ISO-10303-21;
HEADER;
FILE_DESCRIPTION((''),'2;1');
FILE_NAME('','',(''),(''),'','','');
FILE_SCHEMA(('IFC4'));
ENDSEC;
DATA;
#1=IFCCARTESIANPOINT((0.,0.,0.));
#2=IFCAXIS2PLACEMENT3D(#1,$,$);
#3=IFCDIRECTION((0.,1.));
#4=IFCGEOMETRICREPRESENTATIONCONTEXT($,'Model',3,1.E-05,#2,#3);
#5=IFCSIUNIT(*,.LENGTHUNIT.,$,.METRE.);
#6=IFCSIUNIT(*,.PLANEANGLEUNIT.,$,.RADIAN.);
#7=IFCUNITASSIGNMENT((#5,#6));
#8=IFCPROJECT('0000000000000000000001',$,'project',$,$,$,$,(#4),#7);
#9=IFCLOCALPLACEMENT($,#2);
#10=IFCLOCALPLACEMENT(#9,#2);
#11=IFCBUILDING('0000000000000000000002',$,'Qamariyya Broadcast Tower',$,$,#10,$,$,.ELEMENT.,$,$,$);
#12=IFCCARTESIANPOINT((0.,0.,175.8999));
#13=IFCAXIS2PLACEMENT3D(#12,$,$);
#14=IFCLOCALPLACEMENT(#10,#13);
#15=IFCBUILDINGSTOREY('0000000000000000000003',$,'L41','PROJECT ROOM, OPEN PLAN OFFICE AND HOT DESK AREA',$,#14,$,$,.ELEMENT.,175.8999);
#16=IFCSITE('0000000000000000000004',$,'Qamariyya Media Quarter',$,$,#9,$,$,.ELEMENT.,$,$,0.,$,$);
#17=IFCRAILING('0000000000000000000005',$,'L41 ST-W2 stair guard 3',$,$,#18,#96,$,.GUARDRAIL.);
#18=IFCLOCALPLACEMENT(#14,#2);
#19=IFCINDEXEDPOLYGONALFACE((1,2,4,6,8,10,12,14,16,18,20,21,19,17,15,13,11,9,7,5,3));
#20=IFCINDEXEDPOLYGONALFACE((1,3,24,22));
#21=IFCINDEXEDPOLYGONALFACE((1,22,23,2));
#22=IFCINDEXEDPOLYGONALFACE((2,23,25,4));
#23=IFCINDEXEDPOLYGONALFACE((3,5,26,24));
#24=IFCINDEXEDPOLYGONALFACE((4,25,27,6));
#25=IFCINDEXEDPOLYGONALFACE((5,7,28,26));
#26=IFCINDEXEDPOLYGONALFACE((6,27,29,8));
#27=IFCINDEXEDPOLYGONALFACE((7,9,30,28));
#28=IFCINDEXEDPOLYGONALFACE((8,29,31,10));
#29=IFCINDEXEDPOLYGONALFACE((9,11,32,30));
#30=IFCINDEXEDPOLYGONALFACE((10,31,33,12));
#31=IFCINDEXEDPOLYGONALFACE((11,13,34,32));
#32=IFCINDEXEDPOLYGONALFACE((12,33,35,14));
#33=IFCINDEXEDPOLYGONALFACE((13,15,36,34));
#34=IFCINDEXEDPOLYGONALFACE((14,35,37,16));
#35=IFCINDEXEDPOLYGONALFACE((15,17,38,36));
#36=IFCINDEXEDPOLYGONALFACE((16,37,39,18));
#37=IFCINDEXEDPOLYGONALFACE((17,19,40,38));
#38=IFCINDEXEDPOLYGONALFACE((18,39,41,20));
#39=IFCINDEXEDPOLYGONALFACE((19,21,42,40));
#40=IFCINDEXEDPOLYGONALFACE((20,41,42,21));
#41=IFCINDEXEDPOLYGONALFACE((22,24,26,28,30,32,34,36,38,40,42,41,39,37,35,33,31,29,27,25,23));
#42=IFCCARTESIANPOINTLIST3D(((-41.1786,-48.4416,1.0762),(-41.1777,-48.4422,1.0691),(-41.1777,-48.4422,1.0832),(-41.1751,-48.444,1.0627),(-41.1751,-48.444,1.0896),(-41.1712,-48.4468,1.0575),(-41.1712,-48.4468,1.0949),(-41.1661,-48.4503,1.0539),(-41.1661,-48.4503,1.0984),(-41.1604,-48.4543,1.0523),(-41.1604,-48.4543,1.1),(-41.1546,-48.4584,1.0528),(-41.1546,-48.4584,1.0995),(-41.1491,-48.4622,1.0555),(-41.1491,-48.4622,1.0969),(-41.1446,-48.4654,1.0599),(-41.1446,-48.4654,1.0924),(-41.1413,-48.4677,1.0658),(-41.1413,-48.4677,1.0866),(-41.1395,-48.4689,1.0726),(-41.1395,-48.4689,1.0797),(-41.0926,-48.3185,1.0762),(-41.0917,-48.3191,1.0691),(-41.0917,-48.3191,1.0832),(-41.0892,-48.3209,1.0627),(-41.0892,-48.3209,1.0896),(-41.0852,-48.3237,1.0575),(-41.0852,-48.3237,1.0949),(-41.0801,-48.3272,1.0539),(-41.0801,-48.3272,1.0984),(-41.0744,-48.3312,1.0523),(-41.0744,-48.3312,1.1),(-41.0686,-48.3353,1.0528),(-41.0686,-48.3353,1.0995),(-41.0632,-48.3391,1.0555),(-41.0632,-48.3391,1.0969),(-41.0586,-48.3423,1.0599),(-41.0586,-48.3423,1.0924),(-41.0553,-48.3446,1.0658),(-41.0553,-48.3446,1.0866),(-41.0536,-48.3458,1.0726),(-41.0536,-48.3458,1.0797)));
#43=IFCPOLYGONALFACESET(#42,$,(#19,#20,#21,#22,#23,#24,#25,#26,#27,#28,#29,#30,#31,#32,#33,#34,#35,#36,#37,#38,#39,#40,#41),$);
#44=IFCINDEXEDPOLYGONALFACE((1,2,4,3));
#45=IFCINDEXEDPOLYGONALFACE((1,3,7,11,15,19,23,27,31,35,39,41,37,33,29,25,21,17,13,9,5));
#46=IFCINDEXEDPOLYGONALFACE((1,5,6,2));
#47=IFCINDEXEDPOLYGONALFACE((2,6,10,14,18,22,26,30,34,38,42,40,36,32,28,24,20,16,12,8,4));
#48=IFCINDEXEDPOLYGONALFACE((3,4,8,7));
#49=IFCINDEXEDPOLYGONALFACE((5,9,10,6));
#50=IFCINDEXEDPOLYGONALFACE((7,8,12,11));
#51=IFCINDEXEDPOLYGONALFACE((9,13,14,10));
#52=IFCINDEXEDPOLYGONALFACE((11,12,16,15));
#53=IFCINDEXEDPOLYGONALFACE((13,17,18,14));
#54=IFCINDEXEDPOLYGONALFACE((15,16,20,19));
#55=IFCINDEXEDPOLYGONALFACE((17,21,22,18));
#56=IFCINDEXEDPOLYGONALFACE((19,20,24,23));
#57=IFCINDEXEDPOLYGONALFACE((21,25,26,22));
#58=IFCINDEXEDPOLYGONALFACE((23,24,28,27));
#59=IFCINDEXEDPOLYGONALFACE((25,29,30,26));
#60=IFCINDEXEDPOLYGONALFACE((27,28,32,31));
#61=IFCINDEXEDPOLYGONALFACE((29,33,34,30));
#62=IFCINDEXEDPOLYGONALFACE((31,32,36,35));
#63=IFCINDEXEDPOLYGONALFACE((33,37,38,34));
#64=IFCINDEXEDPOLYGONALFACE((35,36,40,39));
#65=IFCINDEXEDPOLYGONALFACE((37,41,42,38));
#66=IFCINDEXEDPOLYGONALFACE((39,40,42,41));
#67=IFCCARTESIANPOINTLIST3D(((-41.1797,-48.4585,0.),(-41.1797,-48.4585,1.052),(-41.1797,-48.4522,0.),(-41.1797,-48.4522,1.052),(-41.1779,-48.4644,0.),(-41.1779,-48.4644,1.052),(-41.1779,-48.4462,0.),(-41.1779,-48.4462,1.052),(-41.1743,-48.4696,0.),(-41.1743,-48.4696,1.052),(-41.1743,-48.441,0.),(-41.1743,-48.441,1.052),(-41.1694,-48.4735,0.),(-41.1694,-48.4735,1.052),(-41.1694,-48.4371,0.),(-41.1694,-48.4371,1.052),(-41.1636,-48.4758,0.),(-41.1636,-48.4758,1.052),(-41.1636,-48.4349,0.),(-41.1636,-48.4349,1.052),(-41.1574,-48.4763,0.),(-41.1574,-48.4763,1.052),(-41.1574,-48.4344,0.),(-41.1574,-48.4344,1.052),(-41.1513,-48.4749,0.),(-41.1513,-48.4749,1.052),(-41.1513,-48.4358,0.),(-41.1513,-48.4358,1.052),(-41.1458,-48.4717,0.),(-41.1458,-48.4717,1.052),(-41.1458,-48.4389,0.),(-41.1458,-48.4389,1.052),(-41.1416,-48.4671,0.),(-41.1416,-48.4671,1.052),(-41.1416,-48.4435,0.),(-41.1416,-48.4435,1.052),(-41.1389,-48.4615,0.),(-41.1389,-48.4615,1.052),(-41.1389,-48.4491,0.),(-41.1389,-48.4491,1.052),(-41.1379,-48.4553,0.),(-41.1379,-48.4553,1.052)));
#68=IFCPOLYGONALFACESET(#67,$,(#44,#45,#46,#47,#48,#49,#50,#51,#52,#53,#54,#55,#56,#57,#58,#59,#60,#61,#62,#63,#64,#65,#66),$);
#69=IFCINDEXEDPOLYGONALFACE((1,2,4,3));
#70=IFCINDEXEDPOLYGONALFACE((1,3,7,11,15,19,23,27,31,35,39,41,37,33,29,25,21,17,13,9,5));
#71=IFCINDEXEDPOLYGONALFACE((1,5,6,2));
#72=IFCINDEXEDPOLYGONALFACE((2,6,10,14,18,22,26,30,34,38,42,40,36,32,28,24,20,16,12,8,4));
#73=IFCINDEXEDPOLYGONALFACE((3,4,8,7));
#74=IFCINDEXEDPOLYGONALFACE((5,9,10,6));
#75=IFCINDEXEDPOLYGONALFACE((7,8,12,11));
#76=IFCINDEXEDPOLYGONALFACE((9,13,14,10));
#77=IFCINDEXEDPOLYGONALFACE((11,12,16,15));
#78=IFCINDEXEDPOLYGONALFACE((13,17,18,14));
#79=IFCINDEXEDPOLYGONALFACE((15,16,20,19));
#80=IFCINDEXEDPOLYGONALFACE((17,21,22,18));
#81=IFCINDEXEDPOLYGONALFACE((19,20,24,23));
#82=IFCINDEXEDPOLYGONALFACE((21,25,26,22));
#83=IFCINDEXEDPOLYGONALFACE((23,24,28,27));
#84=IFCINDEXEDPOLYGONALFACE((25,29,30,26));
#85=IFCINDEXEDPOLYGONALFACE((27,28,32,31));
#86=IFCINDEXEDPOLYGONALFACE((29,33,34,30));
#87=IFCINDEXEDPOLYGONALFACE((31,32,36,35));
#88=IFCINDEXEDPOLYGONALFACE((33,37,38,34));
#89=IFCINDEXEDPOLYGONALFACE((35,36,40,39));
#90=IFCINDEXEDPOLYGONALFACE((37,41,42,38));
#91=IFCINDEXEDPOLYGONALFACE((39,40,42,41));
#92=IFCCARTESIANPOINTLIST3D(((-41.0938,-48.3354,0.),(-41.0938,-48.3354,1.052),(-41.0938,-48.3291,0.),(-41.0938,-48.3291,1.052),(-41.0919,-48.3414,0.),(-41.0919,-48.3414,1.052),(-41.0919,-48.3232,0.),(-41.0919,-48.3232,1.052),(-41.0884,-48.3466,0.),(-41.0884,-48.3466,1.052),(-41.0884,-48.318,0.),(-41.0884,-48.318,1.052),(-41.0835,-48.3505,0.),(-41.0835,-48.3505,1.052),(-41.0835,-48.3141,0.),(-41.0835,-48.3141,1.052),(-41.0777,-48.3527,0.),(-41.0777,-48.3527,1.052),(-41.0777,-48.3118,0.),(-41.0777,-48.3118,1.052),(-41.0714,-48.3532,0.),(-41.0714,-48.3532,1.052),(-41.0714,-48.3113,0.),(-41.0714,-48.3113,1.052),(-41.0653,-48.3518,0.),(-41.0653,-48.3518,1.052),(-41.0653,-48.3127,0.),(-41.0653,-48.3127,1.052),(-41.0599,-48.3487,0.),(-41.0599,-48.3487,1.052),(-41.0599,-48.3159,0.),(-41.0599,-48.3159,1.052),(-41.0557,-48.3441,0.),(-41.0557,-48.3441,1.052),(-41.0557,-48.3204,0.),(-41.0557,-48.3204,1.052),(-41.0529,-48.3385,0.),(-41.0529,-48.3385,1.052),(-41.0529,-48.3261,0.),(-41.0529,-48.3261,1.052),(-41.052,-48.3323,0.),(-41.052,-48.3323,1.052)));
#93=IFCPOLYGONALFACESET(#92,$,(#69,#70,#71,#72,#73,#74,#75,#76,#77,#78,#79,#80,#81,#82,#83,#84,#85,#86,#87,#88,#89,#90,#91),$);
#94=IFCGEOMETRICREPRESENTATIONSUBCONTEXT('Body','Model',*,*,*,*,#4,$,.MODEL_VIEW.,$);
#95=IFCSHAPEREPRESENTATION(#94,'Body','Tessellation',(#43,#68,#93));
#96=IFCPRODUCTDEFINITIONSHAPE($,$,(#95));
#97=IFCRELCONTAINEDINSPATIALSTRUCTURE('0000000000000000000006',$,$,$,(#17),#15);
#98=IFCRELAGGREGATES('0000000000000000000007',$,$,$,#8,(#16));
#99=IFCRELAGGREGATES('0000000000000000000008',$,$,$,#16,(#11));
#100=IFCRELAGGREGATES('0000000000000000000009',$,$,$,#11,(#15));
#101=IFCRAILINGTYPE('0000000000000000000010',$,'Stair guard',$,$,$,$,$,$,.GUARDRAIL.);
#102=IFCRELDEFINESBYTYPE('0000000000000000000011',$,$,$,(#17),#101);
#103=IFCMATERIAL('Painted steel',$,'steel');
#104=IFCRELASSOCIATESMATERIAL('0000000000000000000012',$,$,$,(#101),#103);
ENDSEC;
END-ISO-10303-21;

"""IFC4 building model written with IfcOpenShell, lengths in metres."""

from ifc_helpers import new_model, si_unit, direction, frame, origin, origin_2d, place, context, subcontext, project, spatial, circle, extrude, material, type_object, element, save


model = new_model("IFC4")

# Units and contexts
model_context = context("Model", 3, precision=1e-05, world=origin(), true_north=direction((0.0, 1.0)))
body_context = subcontext(model_context, "Body", "Model", "MODEL_VIEW")
ifc_project = project(units=[si_unit("LENGTHUNIT", "METRE"), si_unit("PLANEANGLEUNIT", "RADIAN")], contexts=[model_context])

# Site, building, storey
site_placement = place(None, origin())
site = spatial("IfcSite", under=ifc_project, at=site_placement, Name="Qamariyya Media Quarter", CompositionType="ELEMENT", RefElevation=0.0)
building_placement = place(site_placement, origin())
building = spatial("IfcBuilding", under=site, at=building_placement, Name="Qamariyya Broadcast Tower", CompositionType="ELEMENT")
storey_placement = place(building_placement, frame((0.0, 0.0, 175.8999)))
storey = spatial("IfcBuildingStorey", under=building, at=storey_placement, Name="L41", Description="PROJECT ROOM, OPEN PLAN OFFICE AND HOT DESK AREA", CompositionType="ELEMENT", Elevation=175.8999)

# Railing
ifc_material_1 = material(Name="Painted steel", Category="steel")
railing_type_1 = type_object("IfcRailingType", Name="Stair guard", PredefinedType="GUARDRAIL", material=ifc_material_1)
railing_1_placement = place(storey_placement, frame((-41.1589, -48.4553, 0.0)))
element("IfcRailing", 1, at=railing_1_placement, inside=storey, type_object=railing_type_1, Name="L41 ST-W2 stair guard 3", PredefinedType="GUARDRAIL", context=body_context, shape_type="SweptSolid", body=[
    extrude(circle(Radius=0.0239, at=origin_2d()), frame((0.0, 0.0, 1.0762), z_axis=(0.572589, 0.819843, 0.0), x_axis=(-0.819843, 0.572589, 0.0)), (0.0, 0.0, 1.0), 0.1501),
    extrude(circle(Radius=0.021, at=origin_2d()), origin(), (0.0, 0.0, 1.0), 1.052),
    extrude(circle(Radius=0.021, at=origin_2d()), frame((0.0859, 0.123, 0.0)), (0.0, 0.0, 1.0), 1.052),
])

save(model, "model.ifc")
